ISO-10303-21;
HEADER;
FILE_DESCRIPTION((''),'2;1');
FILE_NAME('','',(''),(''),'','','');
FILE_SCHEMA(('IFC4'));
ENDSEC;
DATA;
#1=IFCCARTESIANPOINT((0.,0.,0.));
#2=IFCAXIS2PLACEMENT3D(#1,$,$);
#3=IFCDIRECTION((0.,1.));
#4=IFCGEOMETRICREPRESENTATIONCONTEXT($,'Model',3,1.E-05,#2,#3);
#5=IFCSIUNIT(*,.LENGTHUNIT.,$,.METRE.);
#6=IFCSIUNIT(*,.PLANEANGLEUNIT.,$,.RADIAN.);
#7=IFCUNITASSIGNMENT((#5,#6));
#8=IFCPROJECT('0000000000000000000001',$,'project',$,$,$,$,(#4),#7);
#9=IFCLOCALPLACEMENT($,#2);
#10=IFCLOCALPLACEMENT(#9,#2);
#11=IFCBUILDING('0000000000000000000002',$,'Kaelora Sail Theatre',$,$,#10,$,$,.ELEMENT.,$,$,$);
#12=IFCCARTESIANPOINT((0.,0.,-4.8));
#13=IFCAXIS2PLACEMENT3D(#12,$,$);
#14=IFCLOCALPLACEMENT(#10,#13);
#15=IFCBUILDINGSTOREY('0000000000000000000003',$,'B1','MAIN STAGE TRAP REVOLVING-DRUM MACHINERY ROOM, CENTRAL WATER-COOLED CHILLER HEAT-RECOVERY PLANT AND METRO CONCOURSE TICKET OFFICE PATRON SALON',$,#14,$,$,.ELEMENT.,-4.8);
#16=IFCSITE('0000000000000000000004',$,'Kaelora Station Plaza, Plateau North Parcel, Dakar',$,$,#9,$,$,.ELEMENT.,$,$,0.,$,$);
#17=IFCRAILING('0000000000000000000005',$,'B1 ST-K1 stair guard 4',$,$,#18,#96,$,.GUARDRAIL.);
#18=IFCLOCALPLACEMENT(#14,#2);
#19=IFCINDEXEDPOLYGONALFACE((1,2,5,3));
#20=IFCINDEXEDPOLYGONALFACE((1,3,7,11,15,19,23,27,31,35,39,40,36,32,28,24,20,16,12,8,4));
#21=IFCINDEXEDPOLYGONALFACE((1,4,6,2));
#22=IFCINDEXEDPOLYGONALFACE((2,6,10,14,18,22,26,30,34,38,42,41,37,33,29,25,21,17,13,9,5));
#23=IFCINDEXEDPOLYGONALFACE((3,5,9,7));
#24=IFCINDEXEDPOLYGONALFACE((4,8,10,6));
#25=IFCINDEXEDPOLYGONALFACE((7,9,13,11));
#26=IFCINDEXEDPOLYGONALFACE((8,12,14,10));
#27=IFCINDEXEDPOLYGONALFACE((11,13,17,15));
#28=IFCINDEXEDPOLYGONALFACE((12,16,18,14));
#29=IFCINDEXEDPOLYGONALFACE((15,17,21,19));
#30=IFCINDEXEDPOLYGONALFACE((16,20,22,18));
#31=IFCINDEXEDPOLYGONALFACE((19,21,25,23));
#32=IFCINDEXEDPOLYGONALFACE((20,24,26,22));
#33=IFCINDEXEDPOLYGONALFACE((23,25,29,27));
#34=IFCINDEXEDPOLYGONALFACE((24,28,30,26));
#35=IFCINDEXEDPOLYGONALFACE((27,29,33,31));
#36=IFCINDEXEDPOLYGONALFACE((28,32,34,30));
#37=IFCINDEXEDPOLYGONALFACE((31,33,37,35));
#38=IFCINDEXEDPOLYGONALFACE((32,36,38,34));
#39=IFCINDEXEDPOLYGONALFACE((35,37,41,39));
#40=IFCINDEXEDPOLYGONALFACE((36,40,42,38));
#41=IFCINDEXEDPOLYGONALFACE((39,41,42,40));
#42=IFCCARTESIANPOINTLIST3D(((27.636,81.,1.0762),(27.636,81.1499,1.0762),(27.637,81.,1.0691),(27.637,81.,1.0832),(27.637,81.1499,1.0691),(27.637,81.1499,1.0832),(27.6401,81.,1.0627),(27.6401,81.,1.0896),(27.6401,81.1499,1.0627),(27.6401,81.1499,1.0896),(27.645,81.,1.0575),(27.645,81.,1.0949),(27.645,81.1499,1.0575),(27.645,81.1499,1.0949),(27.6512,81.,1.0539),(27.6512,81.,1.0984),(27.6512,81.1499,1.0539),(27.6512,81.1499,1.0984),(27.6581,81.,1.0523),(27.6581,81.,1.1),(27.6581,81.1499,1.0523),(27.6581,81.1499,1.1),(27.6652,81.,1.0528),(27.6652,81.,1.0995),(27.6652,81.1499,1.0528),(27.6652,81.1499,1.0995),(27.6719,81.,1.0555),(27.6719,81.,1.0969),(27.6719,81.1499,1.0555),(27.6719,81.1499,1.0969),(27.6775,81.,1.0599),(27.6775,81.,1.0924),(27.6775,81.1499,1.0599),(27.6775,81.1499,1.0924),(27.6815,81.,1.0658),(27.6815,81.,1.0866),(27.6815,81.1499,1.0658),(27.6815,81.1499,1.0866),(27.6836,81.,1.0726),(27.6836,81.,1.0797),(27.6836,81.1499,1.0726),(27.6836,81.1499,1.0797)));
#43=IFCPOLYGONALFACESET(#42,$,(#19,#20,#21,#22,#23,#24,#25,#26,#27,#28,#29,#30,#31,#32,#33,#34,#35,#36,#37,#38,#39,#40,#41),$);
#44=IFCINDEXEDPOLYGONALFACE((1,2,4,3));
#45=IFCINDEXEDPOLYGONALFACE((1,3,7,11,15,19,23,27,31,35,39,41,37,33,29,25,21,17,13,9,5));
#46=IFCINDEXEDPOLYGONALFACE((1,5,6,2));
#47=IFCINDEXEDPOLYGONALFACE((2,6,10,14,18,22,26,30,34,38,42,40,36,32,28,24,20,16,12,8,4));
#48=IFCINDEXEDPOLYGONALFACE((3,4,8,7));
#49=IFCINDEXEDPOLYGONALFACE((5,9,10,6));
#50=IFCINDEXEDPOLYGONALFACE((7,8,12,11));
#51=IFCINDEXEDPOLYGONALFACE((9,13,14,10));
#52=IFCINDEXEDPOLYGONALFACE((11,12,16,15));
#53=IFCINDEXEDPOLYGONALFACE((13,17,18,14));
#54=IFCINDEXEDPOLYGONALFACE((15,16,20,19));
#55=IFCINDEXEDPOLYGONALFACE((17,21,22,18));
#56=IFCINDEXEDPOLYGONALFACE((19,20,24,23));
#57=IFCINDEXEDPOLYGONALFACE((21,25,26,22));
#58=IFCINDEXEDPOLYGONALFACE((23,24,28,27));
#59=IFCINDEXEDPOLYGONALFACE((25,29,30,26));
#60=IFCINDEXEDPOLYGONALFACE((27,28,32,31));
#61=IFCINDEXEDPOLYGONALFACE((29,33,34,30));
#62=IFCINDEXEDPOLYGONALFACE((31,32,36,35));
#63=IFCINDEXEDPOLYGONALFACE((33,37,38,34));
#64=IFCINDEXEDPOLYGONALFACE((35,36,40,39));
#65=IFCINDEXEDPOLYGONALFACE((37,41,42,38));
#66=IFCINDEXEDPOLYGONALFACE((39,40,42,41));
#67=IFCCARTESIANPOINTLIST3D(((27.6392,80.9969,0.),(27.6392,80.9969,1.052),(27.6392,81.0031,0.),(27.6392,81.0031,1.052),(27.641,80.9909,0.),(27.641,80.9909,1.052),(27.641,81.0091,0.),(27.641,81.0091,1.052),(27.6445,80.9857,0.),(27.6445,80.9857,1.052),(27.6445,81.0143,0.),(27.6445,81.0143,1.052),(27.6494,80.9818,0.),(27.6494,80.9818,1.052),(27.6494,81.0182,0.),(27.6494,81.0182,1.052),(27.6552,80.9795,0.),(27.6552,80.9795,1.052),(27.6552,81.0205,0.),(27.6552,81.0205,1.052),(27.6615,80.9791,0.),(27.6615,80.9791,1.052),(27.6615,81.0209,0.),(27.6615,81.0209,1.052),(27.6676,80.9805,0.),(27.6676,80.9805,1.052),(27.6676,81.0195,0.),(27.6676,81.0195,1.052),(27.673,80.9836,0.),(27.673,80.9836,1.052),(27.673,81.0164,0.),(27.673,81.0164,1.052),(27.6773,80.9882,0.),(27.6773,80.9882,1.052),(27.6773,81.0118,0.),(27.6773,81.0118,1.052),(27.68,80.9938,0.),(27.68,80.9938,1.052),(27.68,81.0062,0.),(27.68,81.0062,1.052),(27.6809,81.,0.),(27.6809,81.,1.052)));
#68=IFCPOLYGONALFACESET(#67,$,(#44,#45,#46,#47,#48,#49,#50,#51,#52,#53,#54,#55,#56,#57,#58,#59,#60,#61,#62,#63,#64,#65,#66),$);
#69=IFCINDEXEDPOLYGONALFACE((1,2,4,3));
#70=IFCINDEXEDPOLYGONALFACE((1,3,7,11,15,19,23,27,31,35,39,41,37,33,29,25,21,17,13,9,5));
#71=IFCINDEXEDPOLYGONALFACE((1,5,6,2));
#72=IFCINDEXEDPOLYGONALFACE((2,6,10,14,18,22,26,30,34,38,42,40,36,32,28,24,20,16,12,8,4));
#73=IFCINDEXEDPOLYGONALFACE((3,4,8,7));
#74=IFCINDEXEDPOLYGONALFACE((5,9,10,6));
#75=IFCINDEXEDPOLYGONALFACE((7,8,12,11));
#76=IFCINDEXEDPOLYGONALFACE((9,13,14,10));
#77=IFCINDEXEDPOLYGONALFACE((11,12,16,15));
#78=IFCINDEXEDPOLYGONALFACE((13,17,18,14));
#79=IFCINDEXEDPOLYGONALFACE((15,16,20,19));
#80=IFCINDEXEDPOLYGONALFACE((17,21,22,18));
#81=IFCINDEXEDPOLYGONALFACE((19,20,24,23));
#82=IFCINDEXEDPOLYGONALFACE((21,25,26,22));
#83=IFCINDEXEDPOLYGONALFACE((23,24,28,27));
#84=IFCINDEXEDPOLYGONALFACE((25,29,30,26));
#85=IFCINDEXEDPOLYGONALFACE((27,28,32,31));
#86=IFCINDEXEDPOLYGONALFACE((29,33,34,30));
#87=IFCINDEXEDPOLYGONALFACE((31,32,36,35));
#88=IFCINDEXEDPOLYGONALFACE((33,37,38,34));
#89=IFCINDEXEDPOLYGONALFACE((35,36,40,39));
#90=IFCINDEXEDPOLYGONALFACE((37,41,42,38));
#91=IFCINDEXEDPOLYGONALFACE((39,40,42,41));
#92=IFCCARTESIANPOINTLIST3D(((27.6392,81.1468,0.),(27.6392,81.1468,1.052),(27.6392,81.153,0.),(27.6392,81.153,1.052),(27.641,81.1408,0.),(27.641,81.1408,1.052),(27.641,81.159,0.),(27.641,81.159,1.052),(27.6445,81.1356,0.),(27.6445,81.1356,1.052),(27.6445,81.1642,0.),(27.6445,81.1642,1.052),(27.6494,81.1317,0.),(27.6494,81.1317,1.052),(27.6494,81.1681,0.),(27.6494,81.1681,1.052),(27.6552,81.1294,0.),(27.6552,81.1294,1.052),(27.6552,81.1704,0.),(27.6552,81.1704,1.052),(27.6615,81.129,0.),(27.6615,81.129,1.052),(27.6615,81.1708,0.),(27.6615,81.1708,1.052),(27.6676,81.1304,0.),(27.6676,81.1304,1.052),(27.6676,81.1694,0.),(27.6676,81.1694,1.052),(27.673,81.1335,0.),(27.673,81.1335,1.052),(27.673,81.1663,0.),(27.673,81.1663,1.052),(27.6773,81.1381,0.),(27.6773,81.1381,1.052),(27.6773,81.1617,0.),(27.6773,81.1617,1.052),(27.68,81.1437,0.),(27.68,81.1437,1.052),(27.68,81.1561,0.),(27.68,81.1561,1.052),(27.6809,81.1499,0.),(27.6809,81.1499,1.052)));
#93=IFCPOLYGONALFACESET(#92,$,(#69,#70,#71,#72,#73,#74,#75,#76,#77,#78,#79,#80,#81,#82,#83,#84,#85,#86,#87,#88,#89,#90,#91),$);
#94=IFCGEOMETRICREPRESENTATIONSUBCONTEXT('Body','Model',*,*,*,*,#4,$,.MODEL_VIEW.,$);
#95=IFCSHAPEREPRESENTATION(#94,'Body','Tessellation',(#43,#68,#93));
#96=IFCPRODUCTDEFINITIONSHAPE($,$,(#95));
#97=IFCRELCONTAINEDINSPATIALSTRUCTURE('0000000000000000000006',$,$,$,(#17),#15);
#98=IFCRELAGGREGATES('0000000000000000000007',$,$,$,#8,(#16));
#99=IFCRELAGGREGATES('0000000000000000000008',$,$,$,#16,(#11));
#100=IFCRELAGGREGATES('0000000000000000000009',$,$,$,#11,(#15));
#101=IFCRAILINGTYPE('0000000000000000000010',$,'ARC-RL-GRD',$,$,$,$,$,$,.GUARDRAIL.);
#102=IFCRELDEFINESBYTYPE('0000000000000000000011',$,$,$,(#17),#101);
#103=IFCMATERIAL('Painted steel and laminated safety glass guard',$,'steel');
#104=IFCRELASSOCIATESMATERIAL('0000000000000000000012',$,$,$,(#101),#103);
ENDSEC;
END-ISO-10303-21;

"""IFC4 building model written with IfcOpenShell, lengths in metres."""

from ifc_helpers import new_model, si_unit, direction, frame, origin, origin_2d, place, context, subcontext, project, spatial, circle, extrude, material, type_object, element, save


model = new_model("IFC4")

# Units and contexts
model_context = context("Model", 3, precision=1e-05, world=origin(), true_north=direction((0.0, 1.0)))
body_context = subcontext(model_context, "Body", "Model", "MODEL_VIEW")
ifc_project = project(units=[si_unit("LENGTHUNIT", "METRE"), si_unit("PLANEANGLEUNIT", "RADIAN")], contexts=[model_context])

# Site, building, storey
site_placement = place(None, origin())
site = spatial("IfcSite", under=ifc_project, at=site_placement, Name="Kaelora Station Plaza, Plateau North Parcel, Dakar", CompositionType="ELEMENT", RefElevation=0.0)
building_placement = place(site_placement, origin())
building = spatial("IfcBuilding", under=site, at=building_placement, Name="Kaelora Sail Theatre", CompositionType="ELEMENT")
storey_placement = place(building_placement, frame((0.0, 0.0, -4.8)))
storey = spatial("IfcBuildingStorey", under=building, at=storey_placement, Name="B1", Description="MAIN STAGE TRAP REVOLVING-DRUM MACHINERY ROOM, CENTRAL WATER-COOLED CHILLER HEAT-RECOVERY PLANT AND METRO CONCOURSE TICKET OFFICE PATRON SALON", CompositionType="ELEMENT", Elevation=-4.8)

# Railing
ifc_material_1 = material(Name="Painted steel and laminated safety glass guard", Category="steel")
railing_type_1 = type_object("IfcRailingType", Name="ARC-RL-GRD", PredefinedType="GUARDRAIL", material=ifc_material_1)
railing_1_placement = place(storey_placement, frame((27.6599, 81.0, 0.0)))
element("IfcRailing", 1, at=railing_1_placement, inside=storey, type_object=railing_type_1, Name="B1 ST-K1 stair guard 4", PredefinedType="GUARDRAIL", context=body_context, shape_type="SweptSolid", body=[
    extrude(circle(Radius=0.0239, at=origin_2d()), frame((0.0, 0.0, 1.0762), z_axis=(0.0, 1.0, 0.0), x_axis=(-1.0, 0.0, 0.0)), (0.0, 0.0, 1.0), 0.1499),
    extrude(circle(Radius=0.021, at=origin_2d()), origin(), (0.0, 0.0, 1.0), 1.052),
    extrude(circle(Radius=0.021, at=origin_2d()), frame((0.0, 0.1499, 0.0)), (0.0, 0.0, 1.0), 1.052),
])

save(model, "model.ifc")
